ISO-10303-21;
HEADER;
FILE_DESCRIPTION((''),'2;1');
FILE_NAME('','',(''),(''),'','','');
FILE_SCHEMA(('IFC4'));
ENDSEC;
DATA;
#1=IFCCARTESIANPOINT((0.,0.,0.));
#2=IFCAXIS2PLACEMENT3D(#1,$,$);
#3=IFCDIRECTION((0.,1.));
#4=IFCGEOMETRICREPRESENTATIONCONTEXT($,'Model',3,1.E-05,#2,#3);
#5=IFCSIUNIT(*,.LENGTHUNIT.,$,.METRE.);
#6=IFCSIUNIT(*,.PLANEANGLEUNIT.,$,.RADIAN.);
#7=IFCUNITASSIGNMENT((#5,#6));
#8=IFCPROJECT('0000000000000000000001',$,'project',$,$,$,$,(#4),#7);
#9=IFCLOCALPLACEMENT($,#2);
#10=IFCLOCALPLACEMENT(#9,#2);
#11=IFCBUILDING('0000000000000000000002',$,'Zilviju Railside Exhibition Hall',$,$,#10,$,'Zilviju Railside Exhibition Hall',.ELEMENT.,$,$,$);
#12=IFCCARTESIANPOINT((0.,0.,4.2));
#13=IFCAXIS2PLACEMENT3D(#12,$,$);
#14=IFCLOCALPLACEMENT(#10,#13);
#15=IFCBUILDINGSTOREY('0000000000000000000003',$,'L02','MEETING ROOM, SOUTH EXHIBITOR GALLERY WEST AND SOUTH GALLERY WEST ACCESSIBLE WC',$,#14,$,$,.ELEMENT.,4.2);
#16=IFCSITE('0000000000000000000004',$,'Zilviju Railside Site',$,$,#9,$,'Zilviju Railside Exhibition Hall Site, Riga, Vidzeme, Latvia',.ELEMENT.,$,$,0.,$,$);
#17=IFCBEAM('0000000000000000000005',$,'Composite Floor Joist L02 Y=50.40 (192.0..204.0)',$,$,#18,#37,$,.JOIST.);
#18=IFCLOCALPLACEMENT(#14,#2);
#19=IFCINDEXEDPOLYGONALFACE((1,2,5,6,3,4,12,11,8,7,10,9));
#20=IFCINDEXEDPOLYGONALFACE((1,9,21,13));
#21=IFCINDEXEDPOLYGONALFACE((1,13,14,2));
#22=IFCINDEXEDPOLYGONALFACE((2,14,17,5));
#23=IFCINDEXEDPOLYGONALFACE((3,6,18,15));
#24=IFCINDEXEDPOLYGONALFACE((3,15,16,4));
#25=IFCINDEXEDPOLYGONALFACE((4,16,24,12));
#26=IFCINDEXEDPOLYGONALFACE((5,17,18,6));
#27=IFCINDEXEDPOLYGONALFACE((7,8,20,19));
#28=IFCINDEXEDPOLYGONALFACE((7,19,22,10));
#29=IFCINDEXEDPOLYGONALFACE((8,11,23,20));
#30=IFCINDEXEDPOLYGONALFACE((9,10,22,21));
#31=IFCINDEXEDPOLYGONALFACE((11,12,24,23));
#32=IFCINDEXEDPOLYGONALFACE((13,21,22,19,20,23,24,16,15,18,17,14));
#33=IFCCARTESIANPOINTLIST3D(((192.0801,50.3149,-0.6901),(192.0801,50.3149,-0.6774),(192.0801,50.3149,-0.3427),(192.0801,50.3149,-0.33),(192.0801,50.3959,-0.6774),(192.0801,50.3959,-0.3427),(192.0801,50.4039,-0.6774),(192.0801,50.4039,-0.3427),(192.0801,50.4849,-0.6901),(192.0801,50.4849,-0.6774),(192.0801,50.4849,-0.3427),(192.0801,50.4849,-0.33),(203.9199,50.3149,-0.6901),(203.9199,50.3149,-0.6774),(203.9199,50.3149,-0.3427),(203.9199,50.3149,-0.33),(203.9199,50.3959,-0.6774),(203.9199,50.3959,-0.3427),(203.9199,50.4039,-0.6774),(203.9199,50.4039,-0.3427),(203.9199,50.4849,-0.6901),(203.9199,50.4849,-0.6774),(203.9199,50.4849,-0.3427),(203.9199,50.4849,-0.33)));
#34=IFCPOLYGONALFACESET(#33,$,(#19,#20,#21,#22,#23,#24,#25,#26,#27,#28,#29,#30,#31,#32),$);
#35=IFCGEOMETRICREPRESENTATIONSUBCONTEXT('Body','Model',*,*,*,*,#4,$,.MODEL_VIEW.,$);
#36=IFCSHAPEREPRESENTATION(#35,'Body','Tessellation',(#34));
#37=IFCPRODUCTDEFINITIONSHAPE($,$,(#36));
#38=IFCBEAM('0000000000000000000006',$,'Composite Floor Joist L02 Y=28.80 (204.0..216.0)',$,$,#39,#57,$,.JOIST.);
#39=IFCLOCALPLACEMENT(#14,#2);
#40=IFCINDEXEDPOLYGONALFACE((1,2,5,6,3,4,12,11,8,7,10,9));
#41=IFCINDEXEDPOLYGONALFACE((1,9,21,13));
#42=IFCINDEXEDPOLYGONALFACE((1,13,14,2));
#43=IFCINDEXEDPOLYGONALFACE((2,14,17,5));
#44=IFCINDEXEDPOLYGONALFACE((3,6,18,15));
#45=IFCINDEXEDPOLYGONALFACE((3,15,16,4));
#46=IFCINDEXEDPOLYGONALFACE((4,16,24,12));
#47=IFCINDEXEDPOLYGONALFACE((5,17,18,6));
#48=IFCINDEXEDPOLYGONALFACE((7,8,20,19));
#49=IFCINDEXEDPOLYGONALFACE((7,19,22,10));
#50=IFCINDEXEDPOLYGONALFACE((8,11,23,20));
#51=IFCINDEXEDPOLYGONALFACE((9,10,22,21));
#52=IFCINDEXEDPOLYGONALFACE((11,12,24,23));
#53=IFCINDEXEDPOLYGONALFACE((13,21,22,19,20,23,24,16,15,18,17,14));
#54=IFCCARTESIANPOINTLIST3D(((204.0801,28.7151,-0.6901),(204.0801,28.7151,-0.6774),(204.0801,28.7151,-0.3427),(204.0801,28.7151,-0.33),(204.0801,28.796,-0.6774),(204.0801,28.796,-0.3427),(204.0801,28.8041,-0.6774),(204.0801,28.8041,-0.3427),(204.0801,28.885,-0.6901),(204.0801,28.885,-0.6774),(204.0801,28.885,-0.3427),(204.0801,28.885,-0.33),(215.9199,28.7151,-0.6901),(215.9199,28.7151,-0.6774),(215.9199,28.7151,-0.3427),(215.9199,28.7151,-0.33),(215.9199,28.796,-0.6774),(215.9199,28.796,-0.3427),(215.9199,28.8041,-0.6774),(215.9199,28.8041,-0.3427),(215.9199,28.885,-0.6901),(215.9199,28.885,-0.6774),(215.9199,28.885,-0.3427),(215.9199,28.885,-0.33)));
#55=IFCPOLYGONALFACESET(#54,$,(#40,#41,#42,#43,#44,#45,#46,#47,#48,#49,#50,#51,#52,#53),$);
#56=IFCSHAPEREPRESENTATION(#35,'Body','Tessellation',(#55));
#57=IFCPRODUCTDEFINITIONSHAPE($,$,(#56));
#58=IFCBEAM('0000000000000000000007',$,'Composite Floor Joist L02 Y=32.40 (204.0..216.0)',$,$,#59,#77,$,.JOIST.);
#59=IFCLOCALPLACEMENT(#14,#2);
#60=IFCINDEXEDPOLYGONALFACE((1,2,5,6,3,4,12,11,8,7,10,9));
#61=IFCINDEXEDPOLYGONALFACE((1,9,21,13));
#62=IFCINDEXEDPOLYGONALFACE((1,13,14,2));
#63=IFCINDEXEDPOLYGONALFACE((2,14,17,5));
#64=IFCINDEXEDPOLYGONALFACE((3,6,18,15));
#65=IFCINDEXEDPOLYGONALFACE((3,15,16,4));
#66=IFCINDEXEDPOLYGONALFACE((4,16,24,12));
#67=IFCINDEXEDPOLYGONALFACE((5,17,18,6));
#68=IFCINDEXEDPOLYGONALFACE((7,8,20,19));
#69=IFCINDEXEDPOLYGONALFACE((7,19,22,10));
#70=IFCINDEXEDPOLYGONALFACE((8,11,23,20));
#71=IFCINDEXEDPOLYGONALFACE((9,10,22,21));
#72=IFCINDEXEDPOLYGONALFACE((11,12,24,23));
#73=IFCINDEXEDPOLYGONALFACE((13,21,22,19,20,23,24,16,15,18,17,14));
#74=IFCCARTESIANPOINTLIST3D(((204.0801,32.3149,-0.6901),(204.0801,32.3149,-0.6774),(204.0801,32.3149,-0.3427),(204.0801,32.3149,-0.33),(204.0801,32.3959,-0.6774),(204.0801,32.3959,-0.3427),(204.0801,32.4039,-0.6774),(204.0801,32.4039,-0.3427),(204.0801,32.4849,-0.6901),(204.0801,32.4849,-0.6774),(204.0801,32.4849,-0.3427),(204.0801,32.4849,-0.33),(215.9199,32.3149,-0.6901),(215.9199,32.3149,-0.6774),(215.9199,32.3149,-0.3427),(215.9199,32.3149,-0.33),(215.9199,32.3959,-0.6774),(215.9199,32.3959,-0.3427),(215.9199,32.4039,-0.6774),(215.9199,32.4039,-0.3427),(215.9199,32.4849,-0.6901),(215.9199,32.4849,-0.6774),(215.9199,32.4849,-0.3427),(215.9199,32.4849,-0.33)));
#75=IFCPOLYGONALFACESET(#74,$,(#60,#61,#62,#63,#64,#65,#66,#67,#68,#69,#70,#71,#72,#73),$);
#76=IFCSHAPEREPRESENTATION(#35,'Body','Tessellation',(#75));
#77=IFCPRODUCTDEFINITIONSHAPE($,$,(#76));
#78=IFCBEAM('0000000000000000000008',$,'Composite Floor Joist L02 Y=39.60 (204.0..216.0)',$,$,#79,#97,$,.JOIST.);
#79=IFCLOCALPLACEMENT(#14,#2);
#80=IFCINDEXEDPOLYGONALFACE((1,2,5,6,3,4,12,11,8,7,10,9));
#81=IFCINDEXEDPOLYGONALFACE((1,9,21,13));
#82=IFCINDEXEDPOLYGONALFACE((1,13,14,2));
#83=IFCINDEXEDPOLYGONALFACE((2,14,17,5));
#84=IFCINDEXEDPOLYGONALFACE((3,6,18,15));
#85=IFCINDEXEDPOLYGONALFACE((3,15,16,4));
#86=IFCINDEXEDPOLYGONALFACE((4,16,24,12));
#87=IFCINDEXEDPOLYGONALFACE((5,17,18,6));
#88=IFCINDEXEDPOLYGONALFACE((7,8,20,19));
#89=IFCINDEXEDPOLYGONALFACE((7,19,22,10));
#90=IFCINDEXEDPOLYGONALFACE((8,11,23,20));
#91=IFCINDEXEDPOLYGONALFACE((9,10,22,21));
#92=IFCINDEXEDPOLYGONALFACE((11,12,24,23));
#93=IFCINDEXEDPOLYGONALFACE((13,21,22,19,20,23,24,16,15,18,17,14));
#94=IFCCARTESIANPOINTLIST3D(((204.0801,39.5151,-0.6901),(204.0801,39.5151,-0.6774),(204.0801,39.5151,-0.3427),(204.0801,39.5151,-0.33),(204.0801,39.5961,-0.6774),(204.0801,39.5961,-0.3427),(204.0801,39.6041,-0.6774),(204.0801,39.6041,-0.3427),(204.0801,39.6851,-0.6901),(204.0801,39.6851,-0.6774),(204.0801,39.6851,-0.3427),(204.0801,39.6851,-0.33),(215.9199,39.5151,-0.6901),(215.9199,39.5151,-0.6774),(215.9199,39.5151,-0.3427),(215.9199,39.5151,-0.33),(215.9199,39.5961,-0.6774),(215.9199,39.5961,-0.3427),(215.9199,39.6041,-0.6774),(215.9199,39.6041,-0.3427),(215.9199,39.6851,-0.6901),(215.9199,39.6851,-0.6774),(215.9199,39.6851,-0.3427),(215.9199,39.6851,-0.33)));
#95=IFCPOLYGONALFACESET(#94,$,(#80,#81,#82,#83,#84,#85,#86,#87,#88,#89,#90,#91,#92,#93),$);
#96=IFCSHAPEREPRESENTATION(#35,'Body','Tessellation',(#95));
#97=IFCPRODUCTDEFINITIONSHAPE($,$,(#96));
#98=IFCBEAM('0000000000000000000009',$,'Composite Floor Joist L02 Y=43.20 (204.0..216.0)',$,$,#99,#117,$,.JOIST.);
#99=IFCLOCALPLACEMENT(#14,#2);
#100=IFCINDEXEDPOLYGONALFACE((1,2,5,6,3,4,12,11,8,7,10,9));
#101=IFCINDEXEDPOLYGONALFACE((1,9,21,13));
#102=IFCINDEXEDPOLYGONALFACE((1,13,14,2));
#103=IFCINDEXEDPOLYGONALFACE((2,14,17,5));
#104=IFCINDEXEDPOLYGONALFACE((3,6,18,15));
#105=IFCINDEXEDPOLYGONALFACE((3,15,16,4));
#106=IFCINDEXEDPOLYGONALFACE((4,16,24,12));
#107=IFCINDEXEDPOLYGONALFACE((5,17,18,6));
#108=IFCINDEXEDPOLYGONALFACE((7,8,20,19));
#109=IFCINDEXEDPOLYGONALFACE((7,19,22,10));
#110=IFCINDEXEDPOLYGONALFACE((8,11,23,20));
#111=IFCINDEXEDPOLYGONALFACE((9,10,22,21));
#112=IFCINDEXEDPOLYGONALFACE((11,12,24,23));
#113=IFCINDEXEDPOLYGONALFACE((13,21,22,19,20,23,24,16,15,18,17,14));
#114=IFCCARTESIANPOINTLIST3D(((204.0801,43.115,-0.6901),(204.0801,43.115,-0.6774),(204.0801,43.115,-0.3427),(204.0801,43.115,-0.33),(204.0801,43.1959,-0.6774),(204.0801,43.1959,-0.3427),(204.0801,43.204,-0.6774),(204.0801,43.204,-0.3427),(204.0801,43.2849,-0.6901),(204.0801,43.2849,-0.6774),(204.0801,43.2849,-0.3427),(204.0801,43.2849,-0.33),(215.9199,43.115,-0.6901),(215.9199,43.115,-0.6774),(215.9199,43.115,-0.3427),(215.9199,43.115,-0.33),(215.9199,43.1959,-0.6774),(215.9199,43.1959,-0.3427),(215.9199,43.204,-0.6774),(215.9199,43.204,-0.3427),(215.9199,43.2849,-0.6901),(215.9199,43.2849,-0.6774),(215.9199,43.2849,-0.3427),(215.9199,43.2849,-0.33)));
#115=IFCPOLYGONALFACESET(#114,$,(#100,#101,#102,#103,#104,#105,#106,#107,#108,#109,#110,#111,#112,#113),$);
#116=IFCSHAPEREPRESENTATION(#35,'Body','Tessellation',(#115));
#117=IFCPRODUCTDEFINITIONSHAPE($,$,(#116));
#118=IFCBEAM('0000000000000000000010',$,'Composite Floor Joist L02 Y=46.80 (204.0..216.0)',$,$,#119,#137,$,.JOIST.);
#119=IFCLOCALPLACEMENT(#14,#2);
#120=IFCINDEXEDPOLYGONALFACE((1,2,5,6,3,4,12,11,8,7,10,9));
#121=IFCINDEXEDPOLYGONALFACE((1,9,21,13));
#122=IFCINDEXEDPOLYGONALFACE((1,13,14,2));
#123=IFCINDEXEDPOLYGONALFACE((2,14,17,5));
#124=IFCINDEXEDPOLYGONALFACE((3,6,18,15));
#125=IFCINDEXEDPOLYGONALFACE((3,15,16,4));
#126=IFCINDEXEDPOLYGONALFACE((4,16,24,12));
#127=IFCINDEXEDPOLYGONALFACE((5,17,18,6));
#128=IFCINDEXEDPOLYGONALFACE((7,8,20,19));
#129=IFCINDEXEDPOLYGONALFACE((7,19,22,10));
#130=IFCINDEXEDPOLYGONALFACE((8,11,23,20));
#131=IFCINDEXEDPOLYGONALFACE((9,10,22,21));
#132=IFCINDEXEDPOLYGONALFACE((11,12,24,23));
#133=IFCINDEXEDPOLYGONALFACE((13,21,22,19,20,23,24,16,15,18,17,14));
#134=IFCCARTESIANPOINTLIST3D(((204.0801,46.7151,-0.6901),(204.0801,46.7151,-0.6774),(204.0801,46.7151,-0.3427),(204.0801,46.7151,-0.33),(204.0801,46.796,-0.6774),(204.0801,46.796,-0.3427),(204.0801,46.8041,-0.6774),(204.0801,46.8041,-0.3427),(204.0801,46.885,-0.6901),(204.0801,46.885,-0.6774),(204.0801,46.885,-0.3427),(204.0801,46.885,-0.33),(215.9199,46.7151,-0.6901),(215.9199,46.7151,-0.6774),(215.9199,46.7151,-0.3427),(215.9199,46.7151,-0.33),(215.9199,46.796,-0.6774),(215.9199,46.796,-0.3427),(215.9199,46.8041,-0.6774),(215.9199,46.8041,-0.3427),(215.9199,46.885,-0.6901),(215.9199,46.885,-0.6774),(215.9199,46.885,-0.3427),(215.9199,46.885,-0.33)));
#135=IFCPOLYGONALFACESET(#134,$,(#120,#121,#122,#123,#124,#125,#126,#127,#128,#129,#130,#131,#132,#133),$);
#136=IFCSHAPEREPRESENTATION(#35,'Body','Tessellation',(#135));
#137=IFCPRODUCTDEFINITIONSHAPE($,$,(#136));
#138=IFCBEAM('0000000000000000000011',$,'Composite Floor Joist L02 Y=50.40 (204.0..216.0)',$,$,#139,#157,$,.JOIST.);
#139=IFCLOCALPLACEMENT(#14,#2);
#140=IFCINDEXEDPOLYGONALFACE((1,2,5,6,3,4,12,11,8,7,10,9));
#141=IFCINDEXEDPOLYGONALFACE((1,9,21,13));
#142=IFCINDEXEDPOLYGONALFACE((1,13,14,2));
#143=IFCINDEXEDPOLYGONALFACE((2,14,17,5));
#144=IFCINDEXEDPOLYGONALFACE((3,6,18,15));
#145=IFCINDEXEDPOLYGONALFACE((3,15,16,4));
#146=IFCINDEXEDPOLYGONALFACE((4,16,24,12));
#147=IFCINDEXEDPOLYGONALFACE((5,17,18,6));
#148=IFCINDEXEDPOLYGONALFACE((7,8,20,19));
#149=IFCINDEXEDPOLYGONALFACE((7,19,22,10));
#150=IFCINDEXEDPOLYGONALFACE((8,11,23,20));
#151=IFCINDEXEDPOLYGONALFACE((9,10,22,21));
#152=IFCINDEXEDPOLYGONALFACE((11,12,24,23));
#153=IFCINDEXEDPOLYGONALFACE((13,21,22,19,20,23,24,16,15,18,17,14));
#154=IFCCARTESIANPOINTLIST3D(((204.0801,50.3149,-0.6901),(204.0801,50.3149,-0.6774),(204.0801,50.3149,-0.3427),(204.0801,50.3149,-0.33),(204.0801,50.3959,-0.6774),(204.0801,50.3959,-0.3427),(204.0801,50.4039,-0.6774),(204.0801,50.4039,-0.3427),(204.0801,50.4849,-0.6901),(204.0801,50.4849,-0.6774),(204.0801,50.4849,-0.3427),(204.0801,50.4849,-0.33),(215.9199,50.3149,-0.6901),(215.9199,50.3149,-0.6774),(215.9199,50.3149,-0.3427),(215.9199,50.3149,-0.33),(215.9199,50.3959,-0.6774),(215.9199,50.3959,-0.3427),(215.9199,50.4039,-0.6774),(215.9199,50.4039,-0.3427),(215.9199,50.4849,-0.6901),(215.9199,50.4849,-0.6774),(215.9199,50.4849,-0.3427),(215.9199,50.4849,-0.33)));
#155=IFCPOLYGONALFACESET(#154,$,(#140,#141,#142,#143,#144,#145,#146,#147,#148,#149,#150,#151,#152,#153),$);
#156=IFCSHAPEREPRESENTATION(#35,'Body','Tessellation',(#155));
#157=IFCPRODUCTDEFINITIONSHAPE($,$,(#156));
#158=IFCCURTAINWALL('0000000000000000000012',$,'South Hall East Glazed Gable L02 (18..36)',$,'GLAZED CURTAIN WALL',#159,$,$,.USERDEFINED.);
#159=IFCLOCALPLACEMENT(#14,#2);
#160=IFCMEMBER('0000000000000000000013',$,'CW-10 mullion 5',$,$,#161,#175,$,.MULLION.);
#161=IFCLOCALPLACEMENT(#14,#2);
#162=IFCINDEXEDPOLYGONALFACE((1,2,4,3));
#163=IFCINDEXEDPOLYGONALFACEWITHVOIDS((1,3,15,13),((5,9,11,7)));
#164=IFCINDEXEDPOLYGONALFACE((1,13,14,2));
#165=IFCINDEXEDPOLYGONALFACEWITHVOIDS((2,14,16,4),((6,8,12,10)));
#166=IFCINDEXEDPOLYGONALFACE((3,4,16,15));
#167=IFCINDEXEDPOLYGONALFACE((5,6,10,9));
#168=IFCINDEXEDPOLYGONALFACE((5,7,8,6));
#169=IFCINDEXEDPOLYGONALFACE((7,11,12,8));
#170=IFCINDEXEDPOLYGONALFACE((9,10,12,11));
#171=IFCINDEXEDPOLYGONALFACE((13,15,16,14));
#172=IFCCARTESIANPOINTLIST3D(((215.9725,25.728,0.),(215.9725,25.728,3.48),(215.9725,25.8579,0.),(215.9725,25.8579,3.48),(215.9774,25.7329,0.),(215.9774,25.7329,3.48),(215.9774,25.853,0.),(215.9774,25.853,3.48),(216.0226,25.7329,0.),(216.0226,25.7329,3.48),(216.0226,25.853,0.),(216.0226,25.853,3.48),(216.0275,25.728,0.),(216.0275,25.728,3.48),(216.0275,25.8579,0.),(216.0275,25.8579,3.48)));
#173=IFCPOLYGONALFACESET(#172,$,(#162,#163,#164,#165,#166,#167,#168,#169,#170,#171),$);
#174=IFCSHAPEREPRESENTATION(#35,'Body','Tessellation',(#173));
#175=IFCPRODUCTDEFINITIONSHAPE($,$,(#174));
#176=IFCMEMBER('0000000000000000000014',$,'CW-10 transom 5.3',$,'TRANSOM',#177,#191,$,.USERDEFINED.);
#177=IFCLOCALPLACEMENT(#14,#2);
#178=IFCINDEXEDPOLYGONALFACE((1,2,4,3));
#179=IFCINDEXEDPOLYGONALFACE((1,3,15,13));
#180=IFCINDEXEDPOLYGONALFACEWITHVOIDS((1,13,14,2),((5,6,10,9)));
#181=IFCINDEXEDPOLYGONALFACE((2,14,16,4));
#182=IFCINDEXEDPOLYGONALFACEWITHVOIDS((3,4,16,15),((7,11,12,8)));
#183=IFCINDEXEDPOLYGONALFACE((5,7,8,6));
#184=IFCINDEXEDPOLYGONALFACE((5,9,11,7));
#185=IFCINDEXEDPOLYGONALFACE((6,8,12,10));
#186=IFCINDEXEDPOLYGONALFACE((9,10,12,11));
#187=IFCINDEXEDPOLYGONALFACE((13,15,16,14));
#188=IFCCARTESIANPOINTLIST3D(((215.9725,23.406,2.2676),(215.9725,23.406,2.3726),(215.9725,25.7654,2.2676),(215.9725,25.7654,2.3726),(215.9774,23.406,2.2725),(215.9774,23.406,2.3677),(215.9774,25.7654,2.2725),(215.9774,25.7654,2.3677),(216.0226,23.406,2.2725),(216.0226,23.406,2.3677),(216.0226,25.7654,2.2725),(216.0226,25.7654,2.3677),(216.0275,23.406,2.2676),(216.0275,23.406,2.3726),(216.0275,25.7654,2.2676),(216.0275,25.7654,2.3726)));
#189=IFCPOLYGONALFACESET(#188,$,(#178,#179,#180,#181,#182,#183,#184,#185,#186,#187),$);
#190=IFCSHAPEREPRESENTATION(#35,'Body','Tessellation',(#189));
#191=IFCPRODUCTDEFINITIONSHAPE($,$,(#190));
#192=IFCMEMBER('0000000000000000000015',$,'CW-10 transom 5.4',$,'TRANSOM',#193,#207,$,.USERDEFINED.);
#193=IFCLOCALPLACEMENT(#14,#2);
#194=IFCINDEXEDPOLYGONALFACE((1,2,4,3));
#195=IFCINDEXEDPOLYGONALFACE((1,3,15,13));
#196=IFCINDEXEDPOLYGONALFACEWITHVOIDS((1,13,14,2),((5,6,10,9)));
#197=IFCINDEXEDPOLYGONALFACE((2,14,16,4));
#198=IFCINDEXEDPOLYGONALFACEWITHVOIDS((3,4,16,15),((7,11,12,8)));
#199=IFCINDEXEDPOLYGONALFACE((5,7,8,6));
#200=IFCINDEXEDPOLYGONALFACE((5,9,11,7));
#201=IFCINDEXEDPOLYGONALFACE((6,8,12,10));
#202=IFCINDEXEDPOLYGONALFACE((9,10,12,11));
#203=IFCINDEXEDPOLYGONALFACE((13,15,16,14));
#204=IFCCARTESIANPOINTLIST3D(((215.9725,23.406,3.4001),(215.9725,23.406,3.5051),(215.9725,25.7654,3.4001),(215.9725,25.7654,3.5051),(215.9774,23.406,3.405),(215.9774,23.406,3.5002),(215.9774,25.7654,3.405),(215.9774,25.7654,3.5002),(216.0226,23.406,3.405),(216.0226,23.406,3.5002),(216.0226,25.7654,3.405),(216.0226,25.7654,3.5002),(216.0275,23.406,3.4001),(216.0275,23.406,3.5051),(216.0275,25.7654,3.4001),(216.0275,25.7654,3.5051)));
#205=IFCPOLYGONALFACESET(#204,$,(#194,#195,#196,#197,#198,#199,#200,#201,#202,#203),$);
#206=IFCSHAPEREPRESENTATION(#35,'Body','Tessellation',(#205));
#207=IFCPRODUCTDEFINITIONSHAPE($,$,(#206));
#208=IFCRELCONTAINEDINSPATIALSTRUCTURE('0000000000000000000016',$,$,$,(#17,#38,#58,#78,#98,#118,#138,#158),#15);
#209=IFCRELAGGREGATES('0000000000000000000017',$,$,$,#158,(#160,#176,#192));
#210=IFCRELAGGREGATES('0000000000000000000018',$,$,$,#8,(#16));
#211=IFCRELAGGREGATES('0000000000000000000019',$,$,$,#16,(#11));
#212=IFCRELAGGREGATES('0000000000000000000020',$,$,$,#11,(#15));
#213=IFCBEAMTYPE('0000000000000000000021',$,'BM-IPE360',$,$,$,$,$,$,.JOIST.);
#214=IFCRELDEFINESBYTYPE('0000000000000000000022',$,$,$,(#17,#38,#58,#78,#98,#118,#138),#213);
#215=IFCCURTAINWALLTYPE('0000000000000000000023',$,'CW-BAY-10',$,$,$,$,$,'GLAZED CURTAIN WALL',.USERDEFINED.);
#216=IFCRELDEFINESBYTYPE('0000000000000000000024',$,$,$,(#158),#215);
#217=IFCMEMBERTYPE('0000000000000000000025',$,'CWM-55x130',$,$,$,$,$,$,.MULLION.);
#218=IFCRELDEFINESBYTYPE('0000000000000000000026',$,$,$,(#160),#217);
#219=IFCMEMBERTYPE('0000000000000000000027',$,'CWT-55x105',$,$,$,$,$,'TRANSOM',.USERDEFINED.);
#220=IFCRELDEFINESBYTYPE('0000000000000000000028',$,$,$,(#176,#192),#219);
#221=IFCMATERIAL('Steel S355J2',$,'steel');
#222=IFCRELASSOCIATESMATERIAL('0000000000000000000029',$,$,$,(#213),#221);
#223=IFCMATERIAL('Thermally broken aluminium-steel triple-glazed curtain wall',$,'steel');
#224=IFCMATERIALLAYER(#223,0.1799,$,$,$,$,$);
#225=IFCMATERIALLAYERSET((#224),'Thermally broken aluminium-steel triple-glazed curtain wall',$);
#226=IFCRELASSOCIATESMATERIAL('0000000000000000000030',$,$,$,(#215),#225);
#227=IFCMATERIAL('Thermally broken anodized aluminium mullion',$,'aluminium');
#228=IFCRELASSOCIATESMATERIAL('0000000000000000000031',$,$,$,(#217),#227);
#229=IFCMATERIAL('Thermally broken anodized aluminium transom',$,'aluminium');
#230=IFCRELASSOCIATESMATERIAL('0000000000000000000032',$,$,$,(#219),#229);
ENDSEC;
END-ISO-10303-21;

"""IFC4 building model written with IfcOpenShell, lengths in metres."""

from ifc_helpers import new_model, si_unit, direction, frame, origin, origin_2d, place, context, subcontext, project, spatial, hollow_rectangle, i_section, extrude, material, layer, layer_set, material_profile, profile_set, type_object, element, aggregate, save


model = new_model("IFC4")

# Units and contexts
model_context = context("Model", 3, precision=1e-05, world=origin(), true_north=direction((0.0, 1.0)))
body_context = subcontext(model_context, "Body", "Model", "MODEL_VIEW")
ifc_project = project(units=[si_unit("LENGTHUNIT", "METRE"), si_unit("PLANEANGLEUNIT", "RADIAN")], contexts=[model_context])

# Site, building, storey
site_placement = place(None, origin())
site = spatial("IfcSite", under=ifc_project, at=site_placement, Name="Zilviju Railside Site", LongName="Zilviju Railside Exhibition Hall Site, Riga, Vidzeme, Latvia", CompositionType="ELEMENT", RefElevation=0.0)
building_placement = place(site_placement, origin())
building = spatial("IfcBuilding", under=site, at=building_placement, Name="Zilviju Railside Exhibition Hall", LongName="Zilviju Railside Exhibition Hall", CompositionType="ELEMENT")
storey_placement = place(building_placement, frame((0.0, 0.0, 4.2)))
storey = spatial("IfcBuildingStorey", under=building, at=storey_placement, Name="L02", Description="MEETING ROOM, SOUTH EXHIBITOR GALLERY WEST AND SOUTH GALLERY WEST ACCESSIBLE WC", CompositionType="ELEMENT", Elevation=4.2)

# Beams
ifc_material_1 = material(Name="Steel S355J2", Category="steel")
ifc_material_profile_1 = material_profile(ifc_material_1, i_section(OverallWidth=0.1699, OverallDepth=0.3601, WebThickness=0.0081, FlangeThickness=0.0127, at=origin_2d()), Name="IPE 360")
ifc_profile_set_1 = profile_set([ifc_material_profile_1], Name="Steel S355J2")
beam_type_1 = type_object("IfcBeamType", Name="BM-IPE360", PredefinedType="JOIST", material=ifc_profile_set_1)
for number, where, z_axis, x_axis, name in (
    (1, (192.0801, 50.3999, -0.51), (1.0, 0.0, 0.0), (0.0, 1.0, 0.0), "Composite Floor Joist L02 Y=50.40 (192.0..204.0)"),
    (2, (204.0801, 28.8, -0.51), (1.0, 0.0, 0.0), (0.0, 1.0, 0.0), "Composite Floor Joist L02 Y=28.80 (204.0..216.0)"),
    (3, (204.0801, 32.3999, -0.51), (1.0, 0.0, 0.0), (0.0, 1.0, 0.0), "Composite Floor Joist L02 Y=32.40 (204.0..216.0)"),
    (4, (204.0801, 39.6001, -0.51), (1.0, 0.0, 0.0), (0.0, 1.0, 0.0), "Composite Floor Joist L02 Y=39.60 (204.0..216.0)"),
    (5, (204.0801, 43.2, -0.51), (1.0, 0.0, 0.0), (0.0, 1.0, 0.0), "Composite Floor Joist L02 Y=43.20 (204.0..216.0)"),
    (6, (204.0801, 46.8, -0.51), (1.0, 0.0, 0.0), (0.0, 1.0, 0.0), "Composite Floor Joist L02 Y=46.80 (204.0..216.0)"),
    (7, (204.0801, 50.3999, -0.51), (1.0, 0.0, 0.0), (0.0, 1.0, 0.0), "Composite Floor Joist L02 Y=50.40 (204.0..216.0)"),
):
    element("IfcBeam", number, at=place(storey_placement, frame(where, z_axis=z_axis, x_axis=x_axis)), inside=storey, type_object=beam_type_1, Name=name, PredefinedType="JOIST", context=body_context, shape_type="SweptSolid", body=[
        extrude(i_section(OverallWidth=0.1699, OverallDepth=0.3601, WebThickness=0.0081, FlangeThickness=0.0127, at=origin_2d()), origin(), (0.0, 0.0, 1.0), 11.8398),
    ])

# Curtain wall, members
ifc_material_2 = material(Name="Thermally broken aluminium-steel triple-glazed curtain wall", Category="steel")
ifc_layer_1 = layer(ifc_material_2, 0.1799)
ifc_layer_set_1 = layer_set([ifc_layer_1], Name="Thermally broken aluminium-steel triple-glazed curtain wall")
curtain_wall_type_1 = type_object("IfcCurtainWallType", Name="CW-BAY-10", ElementType="GLAZED CURTAIN WALL", PredefinedType="USERDEFINED", material=ifc_layer_set_1)
curtain_wall_1_placement = place(storey_placement, origin())
curtain_wall_1 = element("IfcCurtainWall", 8, at=curtain_wall_1_placement, inside=storey, type_object=curtain_wall_type_1, Name="South Hall East Glazed Gable L02 (18..36)", ObjectType="GLAZED CURTAIN WALL", PredefinedType="USERDEFINED")
ifc_material_3 = material(Name="Thermally broken anodized aluminium mullion", Category="aluminium")
ifc_material_profile_2 = material_profile(ifc_material_3, hollow_rectangle(XDim=0.0549, YDim=0.1299, WallThickness=0.0049, at=origin_2d()), Name="MULLION 130x55x5")
ifc_profile_set_2 = profile_set([ifc_material_profile_2], Name="Thermally broken anodized aluminium mullion")
member_type_1 = type_object("IfcMemberType", Name="CWM-55x130", PredefinedType="MULLION", material=ifc_profile_set_2)
member_1_placement = place(storey_placement, frame((216.0, 25.793, 0.0), z_axis=(0.0, 0.0, 1.0), x_axis=(1.0, 0.0, 0.0)))
member_1 = element("IfcMember", 9, at=member_1_placement, type_object=member_type_1, Name="CW-10 mullion 5", PredefinedType="MULLION", context=body_context, shape_type="SweptSolid", body=[
    extrude(hollow_rectangle(XDim=0.0549, YDim=0.1299, WallThickness=0.0049, at=origin_2d()), origin(), (0.0, 0.0, 1.0), 3.48),
])
ifc_material_4 = material(Name="Thermally broken anodized aluminium transom", Category="aluminium")
ifc_material_profile_3 = material_profile(ifc_material_4, hollow_rectangle(XDim=0.0549, YDim=0.105, WallThickness=0.0049, at=origin_2d()), Name="TRANSOM 105x55x5")
ifc_profile_set_3 = profile_set([ifc_material_profile_3], Name="Thermally broken anodized aluminium transom")
member_type_2 = type_object("IfcMemberType", Name="CWT-55x105", ElementType="TRANSOM", PredefinedType="USERDEFINED", material=ifc_profile_set_3)
member_2_placement = place(storey_placement, frame((216.0, 25.7654, 2.3201), z_axis=(0.0, -1.0, 0.0), x_axis=(1.0, 0.0, 0.0)))
member_2 = element("IfcMember", 10, at=member_2_placement, type_object=member_type_2, Name="CW-10 transom 5.3", ObjectType="TRANSOM", PredefinedType="USERDEFINED", context=body_context, shape_type="SweptSolid", body=[
    extrude(hollow_rectangle(XDim=0.0549, YDim=0.105, WallThickness=0.0049, at=origin_2d()), origin(), (0.0, 0.0, 1.0), 2.3594),
])
member_3_placement = place(storey_placement, frame((216.0, 25.7654, 3.4526), z_axis=(0.0, -1.0, 0.0), x_axis=(1.0, 0.0, 0.0)))
member_3 = element("IfcMember", 11, at=member_3_placement, type_object=member_type_2, Name="CW-10 transom 5.4", ObjectType="TRANSOM", PredefinedType="USERDEFINED", context=body_context, shape_type="SweptSolid", body=[
    extrude(hollow_rectangle(XDim=0.0549, YDim=0.105, WallThickness=0.0049, at=origin_2d()), origin(), (0.0, 0.0, 1.0), 2.3594),
])

aggregate(curtain_wall_1, [member_1, member_2, member_3])

save(model, "model.ifc")
